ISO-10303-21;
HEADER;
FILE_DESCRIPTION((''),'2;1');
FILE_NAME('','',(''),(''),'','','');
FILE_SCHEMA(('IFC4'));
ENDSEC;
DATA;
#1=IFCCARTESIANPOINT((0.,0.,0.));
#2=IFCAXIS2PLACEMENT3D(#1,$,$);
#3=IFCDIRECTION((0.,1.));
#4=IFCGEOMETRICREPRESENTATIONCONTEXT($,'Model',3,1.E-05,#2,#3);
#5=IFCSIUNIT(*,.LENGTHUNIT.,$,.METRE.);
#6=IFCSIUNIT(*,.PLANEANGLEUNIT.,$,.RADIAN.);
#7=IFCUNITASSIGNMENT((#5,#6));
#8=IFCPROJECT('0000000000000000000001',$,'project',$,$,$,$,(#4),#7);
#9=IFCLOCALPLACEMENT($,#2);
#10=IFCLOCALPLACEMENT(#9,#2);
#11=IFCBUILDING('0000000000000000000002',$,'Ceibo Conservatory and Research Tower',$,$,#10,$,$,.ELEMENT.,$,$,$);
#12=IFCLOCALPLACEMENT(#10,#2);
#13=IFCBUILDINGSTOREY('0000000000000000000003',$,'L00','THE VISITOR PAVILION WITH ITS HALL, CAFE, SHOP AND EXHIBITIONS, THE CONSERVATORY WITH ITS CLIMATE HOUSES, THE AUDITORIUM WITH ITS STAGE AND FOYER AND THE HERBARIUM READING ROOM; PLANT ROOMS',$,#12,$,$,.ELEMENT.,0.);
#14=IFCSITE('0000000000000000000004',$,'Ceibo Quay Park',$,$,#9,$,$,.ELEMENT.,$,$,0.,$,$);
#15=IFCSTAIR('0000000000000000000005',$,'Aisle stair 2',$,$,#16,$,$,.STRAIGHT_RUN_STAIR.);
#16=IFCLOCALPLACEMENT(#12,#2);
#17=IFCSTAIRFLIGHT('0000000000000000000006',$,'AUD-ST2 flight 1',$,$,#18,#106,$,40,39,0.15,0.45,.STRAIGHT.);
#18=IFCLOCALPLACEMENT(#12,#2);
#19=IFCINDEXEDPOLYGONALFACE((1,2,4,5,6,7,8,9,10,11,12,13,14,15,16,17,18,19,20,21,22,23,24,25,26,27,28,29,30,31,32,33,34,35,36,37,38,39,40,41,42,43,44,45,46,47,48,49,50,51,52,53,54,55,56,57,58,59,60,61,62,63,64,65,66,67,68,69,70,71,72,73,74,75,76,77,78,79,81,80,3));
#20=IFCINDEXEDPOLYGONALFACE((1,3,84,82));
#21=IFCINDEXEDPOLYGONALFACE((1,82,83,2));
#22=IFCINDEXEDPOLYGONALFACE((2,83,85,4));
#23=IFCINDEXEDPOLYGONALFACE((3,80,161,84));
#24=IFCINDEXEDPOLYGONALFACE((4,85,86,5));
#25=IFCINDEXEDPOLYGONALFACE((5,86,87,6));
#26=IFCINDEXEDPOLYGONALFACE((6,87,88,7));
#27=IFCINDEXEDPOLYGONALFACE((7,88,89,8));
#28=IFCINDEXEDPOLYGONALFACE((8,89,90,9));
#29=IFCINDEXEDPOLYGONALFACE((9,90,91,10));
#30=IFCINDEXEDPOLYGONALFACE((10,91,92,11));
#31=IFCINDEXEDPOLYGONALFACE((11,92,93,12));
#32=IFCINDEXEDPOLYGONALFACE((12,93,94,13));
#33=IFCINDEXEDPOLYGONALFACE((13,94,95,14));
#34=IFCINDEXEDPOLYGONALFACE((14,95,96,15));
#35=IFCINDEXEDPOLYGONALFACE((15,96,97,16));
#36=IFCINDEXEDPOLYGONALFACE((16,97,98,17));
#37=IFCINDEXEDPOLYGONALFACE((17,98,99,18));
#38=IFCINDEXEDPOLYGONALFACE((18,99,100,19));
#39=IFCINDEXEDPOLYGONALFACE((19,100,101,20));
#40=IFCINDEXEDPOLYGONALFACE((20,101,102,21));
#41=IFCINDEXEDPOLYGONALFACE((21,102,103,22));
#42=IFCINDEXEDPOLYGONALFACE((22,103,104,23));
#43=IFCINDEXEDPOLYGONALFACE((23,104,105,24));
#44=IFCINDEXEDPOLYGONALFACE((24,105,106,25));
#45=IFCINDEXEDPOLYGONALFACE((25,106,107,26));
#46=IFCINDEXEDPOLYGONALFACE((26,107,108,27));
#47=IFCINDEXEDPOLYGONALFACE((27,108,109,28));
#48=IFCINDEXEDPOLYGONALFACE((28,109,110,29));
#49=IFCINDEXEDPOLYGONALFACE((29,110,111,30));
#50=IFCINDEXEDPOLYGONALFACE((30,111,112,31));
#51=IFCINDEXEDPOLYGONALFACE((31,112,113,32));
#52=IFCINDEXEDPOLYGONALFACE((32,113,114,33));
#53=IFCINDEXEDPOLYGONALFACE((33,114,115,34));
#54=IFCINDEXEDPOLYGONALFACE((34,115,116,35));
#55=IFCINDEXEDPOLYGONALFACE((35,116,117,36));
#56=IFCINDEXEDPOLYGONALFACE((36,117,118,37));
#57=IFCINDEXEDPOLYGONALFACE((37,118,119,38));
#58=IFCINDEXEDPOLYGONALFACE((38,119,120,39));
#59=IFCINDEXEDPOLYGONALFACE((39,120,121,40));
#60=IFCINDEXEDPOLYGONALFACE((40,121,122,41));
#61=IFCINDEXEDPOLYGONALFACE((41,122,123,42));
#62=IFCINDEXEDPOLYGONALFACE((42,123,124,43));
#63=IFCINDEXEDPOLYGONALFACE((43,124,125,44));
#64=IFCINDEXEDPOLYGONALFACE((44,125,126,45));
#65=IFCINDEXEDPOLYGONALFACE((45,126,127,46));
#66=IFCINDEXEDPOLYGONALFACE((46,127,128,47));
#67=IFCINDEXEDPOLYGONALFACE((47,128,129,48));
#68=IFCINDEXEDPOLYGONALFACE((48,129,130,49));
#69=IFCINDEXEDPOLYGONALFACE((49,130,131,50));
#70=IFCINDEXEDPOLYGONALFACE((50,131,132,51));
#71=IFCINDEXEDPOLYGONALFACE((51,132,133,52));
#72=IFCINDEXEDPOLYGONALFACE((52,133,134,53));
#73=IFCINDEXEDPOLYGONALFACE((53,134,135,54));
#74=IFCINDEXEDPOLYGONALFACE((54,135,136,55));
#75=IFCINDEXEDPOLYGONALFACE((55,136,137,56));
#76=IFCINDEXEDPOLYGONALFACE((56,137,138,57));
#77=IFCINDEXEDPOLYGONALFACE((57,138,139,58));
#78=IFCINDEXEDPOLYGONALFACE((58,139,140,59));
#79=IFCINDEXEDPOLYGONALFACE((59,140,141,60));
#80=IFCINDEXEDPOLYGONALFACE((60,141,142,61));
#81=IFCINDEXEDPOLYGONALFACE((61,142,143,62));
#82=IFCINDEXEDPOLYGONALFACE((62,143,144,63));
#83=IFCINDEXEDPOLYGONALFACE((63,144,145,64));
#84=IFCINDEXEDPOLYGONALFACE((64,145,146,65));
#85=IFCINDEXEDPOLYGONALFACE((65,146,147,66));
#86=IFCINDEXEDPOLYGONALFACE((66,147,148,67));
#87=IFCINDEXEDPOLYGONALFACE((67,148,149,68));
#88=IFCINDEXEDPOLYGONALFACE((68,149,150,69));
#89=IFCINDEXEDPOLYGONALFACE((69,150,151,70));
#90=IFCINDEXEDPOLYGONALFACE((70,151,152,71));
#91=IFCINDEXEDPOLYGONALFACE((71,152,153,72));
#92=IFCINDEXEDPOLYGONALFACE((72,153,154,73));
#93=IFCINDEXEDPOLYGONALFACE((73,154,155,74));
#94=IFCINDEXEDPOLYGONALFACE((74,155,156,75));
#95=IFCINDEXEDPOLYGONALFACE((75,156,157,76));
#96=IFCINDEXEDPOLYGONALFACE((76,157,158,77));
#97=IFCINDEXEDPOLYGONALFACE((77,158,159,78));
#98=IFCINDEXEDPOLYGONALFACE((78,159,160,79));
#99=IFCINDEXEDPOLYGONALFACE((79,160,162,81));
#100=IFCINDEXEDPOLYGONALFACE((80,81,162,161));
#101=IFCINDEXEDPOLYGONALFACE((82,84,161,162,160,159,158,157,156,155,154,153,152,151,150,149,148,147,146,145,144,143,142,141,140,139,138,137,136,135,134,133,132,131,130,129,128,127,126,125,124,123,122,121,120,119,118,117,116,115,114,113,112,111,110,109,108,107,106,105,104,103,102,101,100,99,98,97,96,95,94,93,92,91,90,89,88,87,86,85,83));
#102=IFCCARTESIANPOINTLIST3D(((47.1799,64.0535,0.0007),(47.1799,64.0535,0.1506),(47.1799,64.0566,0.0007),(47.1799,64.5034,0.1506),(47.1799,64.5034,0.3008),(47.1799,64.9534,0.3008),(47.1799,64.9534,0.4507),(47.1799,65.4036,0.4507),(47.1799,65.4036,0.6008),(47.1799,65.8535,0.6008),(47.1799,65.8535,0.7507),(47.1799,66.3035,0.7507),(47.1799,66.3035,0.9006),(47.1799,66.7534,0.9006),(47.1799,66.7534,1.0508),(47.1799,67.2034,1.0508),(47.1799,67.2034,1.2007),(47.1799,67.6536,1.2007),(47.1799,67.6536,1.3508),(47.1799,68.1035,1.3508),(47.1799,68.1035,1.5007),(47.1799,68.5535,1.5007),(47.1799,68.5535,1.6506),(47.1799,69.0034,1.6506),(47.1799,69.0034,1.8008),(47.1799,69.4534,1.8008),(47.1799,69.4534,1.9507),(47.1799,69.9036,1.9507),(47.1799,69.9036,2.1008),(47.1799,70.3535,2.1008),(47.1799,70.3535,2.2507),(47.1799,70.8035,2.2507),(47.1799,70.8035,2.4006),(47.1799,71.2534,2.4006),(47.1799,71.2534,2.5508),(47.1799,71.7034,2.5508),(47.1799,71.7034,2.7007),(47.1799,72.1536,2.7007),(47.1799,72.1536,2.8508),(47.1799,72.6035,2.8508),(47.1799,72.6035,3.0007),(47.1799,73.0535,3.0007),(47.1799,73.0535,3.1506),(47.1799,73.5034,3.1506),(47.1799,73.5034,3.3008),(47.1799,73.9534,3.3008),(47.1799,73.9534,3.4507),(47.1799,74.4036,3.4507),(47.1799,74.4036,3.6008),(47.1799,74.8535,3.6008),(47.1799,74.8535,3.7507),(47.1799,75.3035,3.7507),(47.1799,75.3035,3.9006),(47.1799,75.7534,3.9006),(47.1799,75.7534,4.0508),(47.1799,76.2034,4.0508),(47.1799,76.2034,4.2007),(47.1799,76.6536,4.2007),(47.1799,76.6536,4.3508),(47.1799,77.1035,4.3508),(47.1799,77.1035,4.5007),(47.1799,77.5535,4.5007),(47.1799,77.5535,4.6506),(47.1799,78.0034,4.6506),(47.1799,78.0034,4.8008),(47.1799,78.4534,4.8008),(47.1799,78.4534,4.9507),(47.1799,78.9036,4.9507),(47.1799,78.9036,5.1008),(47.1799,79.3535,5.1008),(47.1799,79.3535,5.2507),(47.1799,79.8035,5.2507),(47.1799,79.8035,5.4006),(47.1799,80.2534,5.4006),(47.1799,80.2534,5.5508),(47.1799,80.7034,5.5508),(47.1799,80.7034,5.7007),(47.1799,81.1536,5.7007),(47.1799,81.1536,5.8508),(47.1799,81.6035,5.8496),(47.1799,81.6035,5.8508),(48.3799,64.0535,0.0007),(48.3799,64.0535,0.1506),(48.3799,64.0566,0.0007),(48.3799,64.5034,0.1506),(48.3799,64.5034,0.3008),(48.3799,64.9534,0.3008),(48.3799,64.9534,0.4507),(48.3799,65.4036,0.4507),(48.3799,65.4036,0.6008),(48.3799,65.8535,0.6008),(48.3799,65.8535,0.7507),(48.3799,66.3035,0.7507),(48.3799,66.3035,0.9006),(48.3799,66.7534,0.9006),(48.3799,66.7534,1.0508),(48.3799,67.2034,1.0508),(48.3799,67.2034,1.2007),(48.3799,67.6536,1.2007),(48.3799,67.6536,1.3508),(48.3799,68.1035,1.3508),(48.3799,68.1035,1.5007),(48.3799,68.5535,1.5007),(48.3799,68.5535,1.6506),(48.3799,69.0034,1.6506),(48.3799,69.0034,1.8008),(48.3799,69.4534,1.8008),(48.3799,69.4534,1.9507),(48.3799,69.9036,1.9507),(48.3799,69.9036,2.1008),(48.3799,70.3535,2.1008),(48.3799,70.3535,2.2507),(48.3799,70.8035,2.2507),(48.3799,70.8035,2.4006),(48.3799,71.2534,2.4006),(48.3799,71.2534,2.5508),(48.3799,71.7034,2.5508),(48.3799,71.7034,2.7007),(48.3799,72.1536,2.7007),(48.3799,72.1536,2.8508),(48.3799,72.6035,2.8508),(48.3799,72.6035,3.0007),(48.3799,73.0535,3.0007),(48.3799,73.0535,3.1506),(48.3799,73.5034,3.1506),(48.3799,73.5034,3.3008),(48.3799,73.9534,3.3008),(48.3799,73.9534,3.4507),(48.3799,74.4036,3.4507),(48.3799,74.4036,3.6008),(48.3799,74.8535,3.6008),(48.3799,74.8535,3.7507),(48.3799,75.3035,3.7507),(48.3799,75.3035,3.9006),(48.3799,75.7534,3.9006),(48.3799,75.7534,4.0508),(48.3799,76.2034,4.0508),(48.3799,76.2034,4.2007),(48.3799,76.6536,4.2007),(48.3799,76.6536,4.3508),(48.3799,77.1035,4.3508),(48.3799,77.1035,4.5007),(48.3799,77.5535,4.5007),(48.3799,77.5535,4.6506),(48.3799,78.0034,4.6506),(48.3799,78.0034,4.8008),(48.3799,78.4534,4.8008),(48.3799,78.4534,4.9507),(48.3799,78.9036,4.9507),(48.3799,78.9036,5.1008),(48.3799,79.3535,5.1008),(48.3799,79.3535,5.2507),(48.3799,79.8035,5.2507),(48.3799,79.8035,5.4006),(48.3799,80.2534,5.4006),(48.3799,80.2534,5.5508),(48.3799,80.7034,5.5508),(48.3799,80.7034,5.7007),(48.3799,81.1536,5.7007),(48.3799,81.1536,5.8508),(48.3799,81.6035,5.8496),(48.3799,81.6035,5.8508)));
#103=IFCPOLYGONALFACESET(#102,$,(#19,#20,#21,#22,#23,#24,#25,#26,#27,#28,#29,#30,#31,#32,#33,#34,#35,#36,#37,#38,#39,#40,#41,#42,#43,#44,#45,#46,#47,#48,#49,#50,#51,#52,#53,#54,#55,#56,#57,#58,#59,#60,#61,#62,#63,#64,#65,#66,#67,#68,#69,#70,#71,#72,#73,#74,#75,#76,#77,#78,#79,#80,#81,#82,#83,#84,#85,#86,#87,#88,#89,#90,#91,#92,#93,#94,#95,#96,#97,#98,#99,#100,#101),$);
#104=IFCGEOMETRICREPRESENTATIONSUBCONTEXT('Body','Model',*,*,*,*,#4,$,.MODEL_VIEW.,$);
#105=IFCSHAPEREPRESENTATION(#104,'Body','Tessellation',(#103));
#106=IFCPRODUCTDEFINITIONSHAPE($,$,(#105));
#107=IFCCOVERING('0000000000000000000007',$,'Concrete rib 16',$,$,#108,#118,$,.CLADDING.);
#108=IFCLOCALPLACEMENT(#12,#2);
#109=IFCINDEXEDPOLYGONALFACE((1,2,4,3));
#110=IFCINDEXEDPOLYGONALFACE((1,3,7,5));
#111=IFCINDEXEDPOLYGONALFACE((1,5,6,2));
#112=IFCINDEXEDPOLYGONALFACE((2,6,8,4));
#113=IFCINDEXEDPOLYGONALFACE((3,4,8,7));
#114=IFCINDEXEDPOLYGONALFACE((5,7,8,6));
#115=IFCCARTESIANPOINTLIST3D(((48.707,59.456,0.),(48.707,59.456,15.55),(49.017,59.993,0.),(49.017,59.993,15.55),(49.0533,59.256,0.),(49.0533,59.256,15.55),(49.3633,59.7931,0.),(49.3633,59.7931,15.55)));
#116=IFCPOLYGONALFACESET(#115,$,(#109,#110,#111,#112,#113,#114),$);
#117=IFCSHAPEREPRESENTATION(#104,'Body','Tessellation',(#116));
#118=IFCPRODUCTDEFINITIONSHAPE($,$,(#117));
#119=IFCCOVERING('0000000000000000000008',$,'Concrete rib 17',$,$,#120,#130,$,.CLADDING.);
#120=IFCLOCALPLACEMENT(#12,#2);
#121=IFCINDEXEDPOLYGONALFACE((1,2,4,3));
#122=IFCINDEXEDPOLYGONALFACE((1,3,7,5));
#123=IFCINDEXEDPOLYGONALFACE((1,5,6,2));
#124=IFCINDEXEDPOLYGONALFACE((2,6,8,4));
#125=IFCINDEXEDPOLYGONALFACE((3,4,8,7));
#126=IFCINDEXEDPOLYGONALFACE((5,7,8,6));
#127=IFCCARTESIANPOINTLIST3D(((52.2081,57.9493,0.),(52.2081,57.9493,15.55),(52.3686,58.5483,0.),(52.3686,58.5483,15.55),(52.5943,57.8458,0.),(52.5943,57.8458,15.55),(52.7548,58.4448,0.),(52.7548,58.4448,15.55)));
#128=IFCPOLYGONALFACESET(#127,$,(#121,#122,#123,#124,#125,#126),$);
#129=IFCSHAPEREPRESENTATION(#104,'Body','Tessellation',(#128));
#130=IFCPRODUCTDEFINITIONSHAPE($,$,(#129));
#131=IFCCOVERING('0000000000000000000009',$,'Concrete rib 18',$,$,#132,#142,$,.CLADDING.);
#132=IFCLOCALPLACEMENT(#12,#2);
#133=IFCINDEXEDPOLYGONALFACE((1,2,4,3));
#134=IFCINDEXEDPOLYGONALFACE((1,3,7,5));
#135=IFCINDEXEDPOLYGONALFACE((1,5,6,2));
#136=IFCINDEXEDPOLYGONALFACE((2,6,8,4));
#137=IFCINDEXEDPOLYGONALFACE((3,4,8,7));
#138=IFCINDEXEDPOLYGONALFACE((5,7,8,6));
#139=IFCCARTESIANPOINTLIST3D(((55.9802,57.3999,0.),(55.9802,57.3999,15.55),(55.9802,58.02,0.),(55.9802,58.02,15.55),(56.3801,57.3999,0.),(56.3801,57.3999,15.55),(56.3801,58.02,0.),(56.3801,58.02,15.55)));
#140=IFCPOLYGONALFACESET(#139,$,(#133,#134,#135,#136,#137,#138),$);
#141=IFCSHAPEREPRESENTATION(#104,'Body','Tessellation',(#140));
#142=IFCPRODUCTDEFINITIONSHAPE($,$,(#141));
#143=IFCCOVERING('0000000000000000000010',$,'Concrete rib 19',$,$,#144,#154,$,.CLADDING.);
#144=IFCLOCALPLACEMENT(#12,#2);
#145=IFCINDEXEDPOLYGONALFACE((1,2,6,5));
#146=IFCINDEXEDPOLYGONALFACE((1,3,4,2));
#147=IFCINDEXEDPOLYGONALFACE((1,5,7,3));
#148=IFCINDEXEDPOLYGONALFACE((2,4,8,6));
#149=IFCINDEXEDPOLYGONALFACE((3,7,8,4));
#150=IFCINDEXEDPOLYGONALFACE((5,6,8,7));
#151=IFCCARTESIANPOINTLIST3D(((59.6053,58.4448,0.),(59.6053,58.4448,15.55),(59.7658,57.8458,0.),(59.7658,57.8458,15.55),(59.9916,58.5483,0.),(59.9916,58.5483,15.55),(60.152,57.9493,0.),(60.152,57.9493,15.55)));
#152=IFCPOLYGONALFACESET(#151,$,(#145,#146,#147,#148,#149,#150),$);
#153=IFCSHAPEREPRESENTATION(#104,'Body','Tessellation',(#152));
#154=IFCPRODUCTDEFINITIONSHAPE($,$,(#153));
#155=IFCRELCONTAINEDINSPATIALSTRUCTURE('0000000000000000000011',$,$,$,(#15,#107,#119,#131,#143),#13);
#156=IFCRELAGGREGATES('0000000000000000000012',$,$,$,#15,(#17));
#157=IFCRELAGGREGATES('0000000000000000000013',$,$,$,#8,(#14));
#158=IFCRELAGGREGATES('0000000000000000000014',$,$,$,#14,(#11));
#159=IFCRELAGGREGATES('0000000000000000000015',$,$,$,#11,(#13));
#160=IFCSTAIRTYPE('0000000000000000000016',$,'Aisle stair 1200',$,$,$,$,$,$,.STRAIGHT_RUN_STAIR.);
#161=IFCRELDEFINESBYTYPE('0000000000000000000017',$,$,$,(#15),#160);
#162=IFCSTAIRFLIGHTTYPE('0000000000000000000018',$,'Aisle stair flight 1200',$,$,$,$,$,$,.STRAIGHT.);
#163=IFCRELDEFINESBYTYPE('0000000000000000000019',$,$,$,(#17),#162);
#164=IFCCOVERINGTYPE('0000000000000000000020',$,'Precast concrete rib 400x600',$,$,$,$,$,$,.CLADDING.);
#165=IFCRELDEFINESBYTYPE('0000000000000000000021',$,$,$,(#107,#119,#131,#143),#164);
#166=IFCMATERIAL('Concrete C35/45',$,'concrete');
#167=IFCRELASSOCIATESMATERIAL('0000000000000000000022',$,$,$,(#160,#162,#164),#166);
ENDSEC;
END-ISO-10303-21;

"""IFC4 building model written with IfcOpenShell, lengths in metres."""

from ifc_helpers import new_model, si_unit, direction, frame, origin, origin_2d, place, context, subcontext, project, spatial, polyline, rectangle, outline, extrude, material, type_object, element, aggregate, save


model = new_model("IFC4")

# Units and contexts
model_context = context("Model", 3, precision=1e-05, world=origin(), true_north=direction((0.0, 1.0)))
body_context = subcontext(model_context, "Body", "Model", "MODEL_VIEW")
ifc_project = project(units=[si_unit("LENGTHUNIT", "METRE"), si_unit("PLANEANGLEUNIT", "RADIAN")], contexts=[model_context])

# Site, building, storey
site_placement = place(None, origin())
site = spatial("IfcSite", under=ifc_project, at=site_placement, Name="Ceibo Quay Park", CompositionType="ELEMENT", RefElevation=0.0)
building_placement = place(site_placement, origin())
building = spatial("IfcBuilding", under=site, at=building_placement, Name="Ceibo Conservatory and Research Tower", CompositionType="ELEMENT")
storey_placement = place(building_placement, origin())
storey = spatial("IfcBuildingStorey", under=building, at=storey_placement, Name="L00", Description="THE VISITOR PAVILION WITH ITS HALL, CAFE, SHOP AND EXHIBITIONS, THE CONSERVATORY WITH ITS CLIMATE HOUSES, THE AUDITORIUM WITH ITS STAGE AND FOYER AND THE HERBARIUM READING ROOM; PLANT ROOMS", CompositionType="ELEMENT", Elevation=0.0)

# Shared definitions
ifc_material_1 = material(Name="Concrete C35/45", Category="concrete")

# Stair, stair flight
stair_type = type_object("IfcStairType", Name="Aisle stair 1200", PredefinedType="STRAIGHT_RUN_STAIR", material=ifc_material_1)
stair_flight_type = type_object("IfcStairFlightType", Name="Aisle stair flight 1200", PredefinedType="STRAIGHT", material=ifc_material_1)
stair_1_placement = place(storey_placement, origin())
stair_1 = element("IfcStair", 1, at=stair_1_placement, inside=storey, type_object=stair_type, Name="Aisle stair 2", PredefinedType="STRAIGHT_RUN_STAIR")
stair_flight_1_placement = place(storey_placement, frame((47.78, 64.0535, 0.0007), z_axis=(0.0, 0.0, 1.0), x_axis=(0.0, 1.0, 0.0)))
stair_flight_1 = element("IfcStairFlight", 2, at=stair_flight_1_placement, type_object=stair_flight_type, Name="AUD-ST2 flight 1", NumberOfRisers=40, NumberOfTreads=39, PredefinedType="STRAIGHT", RiserHeight=0.15, TreadLength=0.45, context=body_context, shape_type="SweptSolid", body=[
    extrude(outline(polyline([(0.0, 0.0), (0.0, 0.1499), (0.45, 0.1499), (0.45, 0.3), (0.8999, 0.3), (0.8999, 0.45), (1.3501, 0.45), (1.3501, 0.6001), (1.8, 0.6001), (1.8, 0.75), (2.25, 0.75), (2.25, 0.8999), (2.7, 0.8999), (2.7, 1.05), (3.1499, 1.05), (3.1499, 1.2), (3.6001, 1.2), (3.6001, 1.3501), (4.05, 1.3501), (4.05, 1.5), (4.5, 1.5), (4.5, 1.6499), (4.95, 1.6499), (4.95, 1.8), (5.3999, 1.8), (5.3999, 1.95), (5.8501, 1.95), (5.8501, 2.1001), (6.3, 2.1001), (6.3, 2.25), (6.75, 2.25), (6.75, 2.3999), (7.2, 2.3999), (7.2, 2.55), (7.6499, 2.55), (7.6499, 2.7), (8.1001, 2.7), (8.1001, 2.8501), (8.55, 2.8501), (8.55, 3.0), (9.0, 3.0), (9.0, 3.1499), (9.45, 3.1499), (9.45, 3.3), (9.8999, 3.3), (9.8999, 3.45), (10.3501, 3.45), (10.3501, 3.6001), (10.8, 3.6001), (10.8, 3.75), (11.25, 3.75), (11.25, 3.8999), (11.7, 3.8999), (11.7, 4.05), (12.1499, 4.05), (12.1499, 4.2), (12.6001, 4.2), (12.6001, 4.3501), (13.05, 4.3501), (13.05, 4.5), (13.5, 4.5), (13.5, 4.6499), (13.95, 4.6499), (13.95, 4.8), (14.3999, 4.8), (14.3999, 4.95), (14.8501, 4.95), (14.8501, 5.1001), (15.3, 5.1001), (15.3, 5.25), (15.75, 5.25), (15.75, 5.3999), (16.2, 5.3999), (16.2, 5.55), (16.6499, 5.55), (16.6499, 5.7), (17.1001, 5.7), (17.1001, 5.8501), (17.55, 5.8501), (17.55, 6.0), (17.55, 5.8489), (0.0032, 0.0), (0.0, 0.0)])), frame((0.0, 0.6001, 0.0), z_axis=(0.0, -1.0, 0.0), x_axis=(1.0, 0.0, 0.0)), (0.0, 0.0, 1.0), 1.2),
])
aggregate(stair_1, [stair_flight_1])

# Coverings
covering_type = type_object("IfcCoveringType", Name="Precast concrete rib 400x600", PredefinedType="CLADDING", material=ifc_material_1)
for number, where, z_axis, x_axis, name in (
    (3, (49.0352, 59.6245, 0.0), (0.0, 0.0, 1.0), (-0.5, -0.866025, 0.0), "Concrete rib 16"),
    (4, (52.4814, 58.197, 0.0), (0.0, 0.0, 1.0), (-0.258819, -0.965926, 0.0), "Concrete rib 17"),
    (5, (56.1802, 57.71, 0.0), (0.0, 0.0, 1.0), (0.0, -1.0, 0.0), "Concrete rib 18"),
    (6, (59.8787, 58.197, 0.0), (0.0, 0.0, 1.0), (0.258819, -0.965926, 0.0), "Concrete rib 19"),
):
    element("IfcCovering", number, at=place(storey_placement, frame(where, z_axis=z_axis, x_axis=x_axis)), inside=storey, type_object=covering_type, Name=name, PredefinedType="CLADDING", context=body_context, shape_type="SweptSolid", body=[
        extrude(rectangle(XDim=0.6201, YDim=0.3999, at=origin_2d()), origin(), (0.0, 0.0, 1.0), 15.55),
    ])

save(model, "model.ifc")
